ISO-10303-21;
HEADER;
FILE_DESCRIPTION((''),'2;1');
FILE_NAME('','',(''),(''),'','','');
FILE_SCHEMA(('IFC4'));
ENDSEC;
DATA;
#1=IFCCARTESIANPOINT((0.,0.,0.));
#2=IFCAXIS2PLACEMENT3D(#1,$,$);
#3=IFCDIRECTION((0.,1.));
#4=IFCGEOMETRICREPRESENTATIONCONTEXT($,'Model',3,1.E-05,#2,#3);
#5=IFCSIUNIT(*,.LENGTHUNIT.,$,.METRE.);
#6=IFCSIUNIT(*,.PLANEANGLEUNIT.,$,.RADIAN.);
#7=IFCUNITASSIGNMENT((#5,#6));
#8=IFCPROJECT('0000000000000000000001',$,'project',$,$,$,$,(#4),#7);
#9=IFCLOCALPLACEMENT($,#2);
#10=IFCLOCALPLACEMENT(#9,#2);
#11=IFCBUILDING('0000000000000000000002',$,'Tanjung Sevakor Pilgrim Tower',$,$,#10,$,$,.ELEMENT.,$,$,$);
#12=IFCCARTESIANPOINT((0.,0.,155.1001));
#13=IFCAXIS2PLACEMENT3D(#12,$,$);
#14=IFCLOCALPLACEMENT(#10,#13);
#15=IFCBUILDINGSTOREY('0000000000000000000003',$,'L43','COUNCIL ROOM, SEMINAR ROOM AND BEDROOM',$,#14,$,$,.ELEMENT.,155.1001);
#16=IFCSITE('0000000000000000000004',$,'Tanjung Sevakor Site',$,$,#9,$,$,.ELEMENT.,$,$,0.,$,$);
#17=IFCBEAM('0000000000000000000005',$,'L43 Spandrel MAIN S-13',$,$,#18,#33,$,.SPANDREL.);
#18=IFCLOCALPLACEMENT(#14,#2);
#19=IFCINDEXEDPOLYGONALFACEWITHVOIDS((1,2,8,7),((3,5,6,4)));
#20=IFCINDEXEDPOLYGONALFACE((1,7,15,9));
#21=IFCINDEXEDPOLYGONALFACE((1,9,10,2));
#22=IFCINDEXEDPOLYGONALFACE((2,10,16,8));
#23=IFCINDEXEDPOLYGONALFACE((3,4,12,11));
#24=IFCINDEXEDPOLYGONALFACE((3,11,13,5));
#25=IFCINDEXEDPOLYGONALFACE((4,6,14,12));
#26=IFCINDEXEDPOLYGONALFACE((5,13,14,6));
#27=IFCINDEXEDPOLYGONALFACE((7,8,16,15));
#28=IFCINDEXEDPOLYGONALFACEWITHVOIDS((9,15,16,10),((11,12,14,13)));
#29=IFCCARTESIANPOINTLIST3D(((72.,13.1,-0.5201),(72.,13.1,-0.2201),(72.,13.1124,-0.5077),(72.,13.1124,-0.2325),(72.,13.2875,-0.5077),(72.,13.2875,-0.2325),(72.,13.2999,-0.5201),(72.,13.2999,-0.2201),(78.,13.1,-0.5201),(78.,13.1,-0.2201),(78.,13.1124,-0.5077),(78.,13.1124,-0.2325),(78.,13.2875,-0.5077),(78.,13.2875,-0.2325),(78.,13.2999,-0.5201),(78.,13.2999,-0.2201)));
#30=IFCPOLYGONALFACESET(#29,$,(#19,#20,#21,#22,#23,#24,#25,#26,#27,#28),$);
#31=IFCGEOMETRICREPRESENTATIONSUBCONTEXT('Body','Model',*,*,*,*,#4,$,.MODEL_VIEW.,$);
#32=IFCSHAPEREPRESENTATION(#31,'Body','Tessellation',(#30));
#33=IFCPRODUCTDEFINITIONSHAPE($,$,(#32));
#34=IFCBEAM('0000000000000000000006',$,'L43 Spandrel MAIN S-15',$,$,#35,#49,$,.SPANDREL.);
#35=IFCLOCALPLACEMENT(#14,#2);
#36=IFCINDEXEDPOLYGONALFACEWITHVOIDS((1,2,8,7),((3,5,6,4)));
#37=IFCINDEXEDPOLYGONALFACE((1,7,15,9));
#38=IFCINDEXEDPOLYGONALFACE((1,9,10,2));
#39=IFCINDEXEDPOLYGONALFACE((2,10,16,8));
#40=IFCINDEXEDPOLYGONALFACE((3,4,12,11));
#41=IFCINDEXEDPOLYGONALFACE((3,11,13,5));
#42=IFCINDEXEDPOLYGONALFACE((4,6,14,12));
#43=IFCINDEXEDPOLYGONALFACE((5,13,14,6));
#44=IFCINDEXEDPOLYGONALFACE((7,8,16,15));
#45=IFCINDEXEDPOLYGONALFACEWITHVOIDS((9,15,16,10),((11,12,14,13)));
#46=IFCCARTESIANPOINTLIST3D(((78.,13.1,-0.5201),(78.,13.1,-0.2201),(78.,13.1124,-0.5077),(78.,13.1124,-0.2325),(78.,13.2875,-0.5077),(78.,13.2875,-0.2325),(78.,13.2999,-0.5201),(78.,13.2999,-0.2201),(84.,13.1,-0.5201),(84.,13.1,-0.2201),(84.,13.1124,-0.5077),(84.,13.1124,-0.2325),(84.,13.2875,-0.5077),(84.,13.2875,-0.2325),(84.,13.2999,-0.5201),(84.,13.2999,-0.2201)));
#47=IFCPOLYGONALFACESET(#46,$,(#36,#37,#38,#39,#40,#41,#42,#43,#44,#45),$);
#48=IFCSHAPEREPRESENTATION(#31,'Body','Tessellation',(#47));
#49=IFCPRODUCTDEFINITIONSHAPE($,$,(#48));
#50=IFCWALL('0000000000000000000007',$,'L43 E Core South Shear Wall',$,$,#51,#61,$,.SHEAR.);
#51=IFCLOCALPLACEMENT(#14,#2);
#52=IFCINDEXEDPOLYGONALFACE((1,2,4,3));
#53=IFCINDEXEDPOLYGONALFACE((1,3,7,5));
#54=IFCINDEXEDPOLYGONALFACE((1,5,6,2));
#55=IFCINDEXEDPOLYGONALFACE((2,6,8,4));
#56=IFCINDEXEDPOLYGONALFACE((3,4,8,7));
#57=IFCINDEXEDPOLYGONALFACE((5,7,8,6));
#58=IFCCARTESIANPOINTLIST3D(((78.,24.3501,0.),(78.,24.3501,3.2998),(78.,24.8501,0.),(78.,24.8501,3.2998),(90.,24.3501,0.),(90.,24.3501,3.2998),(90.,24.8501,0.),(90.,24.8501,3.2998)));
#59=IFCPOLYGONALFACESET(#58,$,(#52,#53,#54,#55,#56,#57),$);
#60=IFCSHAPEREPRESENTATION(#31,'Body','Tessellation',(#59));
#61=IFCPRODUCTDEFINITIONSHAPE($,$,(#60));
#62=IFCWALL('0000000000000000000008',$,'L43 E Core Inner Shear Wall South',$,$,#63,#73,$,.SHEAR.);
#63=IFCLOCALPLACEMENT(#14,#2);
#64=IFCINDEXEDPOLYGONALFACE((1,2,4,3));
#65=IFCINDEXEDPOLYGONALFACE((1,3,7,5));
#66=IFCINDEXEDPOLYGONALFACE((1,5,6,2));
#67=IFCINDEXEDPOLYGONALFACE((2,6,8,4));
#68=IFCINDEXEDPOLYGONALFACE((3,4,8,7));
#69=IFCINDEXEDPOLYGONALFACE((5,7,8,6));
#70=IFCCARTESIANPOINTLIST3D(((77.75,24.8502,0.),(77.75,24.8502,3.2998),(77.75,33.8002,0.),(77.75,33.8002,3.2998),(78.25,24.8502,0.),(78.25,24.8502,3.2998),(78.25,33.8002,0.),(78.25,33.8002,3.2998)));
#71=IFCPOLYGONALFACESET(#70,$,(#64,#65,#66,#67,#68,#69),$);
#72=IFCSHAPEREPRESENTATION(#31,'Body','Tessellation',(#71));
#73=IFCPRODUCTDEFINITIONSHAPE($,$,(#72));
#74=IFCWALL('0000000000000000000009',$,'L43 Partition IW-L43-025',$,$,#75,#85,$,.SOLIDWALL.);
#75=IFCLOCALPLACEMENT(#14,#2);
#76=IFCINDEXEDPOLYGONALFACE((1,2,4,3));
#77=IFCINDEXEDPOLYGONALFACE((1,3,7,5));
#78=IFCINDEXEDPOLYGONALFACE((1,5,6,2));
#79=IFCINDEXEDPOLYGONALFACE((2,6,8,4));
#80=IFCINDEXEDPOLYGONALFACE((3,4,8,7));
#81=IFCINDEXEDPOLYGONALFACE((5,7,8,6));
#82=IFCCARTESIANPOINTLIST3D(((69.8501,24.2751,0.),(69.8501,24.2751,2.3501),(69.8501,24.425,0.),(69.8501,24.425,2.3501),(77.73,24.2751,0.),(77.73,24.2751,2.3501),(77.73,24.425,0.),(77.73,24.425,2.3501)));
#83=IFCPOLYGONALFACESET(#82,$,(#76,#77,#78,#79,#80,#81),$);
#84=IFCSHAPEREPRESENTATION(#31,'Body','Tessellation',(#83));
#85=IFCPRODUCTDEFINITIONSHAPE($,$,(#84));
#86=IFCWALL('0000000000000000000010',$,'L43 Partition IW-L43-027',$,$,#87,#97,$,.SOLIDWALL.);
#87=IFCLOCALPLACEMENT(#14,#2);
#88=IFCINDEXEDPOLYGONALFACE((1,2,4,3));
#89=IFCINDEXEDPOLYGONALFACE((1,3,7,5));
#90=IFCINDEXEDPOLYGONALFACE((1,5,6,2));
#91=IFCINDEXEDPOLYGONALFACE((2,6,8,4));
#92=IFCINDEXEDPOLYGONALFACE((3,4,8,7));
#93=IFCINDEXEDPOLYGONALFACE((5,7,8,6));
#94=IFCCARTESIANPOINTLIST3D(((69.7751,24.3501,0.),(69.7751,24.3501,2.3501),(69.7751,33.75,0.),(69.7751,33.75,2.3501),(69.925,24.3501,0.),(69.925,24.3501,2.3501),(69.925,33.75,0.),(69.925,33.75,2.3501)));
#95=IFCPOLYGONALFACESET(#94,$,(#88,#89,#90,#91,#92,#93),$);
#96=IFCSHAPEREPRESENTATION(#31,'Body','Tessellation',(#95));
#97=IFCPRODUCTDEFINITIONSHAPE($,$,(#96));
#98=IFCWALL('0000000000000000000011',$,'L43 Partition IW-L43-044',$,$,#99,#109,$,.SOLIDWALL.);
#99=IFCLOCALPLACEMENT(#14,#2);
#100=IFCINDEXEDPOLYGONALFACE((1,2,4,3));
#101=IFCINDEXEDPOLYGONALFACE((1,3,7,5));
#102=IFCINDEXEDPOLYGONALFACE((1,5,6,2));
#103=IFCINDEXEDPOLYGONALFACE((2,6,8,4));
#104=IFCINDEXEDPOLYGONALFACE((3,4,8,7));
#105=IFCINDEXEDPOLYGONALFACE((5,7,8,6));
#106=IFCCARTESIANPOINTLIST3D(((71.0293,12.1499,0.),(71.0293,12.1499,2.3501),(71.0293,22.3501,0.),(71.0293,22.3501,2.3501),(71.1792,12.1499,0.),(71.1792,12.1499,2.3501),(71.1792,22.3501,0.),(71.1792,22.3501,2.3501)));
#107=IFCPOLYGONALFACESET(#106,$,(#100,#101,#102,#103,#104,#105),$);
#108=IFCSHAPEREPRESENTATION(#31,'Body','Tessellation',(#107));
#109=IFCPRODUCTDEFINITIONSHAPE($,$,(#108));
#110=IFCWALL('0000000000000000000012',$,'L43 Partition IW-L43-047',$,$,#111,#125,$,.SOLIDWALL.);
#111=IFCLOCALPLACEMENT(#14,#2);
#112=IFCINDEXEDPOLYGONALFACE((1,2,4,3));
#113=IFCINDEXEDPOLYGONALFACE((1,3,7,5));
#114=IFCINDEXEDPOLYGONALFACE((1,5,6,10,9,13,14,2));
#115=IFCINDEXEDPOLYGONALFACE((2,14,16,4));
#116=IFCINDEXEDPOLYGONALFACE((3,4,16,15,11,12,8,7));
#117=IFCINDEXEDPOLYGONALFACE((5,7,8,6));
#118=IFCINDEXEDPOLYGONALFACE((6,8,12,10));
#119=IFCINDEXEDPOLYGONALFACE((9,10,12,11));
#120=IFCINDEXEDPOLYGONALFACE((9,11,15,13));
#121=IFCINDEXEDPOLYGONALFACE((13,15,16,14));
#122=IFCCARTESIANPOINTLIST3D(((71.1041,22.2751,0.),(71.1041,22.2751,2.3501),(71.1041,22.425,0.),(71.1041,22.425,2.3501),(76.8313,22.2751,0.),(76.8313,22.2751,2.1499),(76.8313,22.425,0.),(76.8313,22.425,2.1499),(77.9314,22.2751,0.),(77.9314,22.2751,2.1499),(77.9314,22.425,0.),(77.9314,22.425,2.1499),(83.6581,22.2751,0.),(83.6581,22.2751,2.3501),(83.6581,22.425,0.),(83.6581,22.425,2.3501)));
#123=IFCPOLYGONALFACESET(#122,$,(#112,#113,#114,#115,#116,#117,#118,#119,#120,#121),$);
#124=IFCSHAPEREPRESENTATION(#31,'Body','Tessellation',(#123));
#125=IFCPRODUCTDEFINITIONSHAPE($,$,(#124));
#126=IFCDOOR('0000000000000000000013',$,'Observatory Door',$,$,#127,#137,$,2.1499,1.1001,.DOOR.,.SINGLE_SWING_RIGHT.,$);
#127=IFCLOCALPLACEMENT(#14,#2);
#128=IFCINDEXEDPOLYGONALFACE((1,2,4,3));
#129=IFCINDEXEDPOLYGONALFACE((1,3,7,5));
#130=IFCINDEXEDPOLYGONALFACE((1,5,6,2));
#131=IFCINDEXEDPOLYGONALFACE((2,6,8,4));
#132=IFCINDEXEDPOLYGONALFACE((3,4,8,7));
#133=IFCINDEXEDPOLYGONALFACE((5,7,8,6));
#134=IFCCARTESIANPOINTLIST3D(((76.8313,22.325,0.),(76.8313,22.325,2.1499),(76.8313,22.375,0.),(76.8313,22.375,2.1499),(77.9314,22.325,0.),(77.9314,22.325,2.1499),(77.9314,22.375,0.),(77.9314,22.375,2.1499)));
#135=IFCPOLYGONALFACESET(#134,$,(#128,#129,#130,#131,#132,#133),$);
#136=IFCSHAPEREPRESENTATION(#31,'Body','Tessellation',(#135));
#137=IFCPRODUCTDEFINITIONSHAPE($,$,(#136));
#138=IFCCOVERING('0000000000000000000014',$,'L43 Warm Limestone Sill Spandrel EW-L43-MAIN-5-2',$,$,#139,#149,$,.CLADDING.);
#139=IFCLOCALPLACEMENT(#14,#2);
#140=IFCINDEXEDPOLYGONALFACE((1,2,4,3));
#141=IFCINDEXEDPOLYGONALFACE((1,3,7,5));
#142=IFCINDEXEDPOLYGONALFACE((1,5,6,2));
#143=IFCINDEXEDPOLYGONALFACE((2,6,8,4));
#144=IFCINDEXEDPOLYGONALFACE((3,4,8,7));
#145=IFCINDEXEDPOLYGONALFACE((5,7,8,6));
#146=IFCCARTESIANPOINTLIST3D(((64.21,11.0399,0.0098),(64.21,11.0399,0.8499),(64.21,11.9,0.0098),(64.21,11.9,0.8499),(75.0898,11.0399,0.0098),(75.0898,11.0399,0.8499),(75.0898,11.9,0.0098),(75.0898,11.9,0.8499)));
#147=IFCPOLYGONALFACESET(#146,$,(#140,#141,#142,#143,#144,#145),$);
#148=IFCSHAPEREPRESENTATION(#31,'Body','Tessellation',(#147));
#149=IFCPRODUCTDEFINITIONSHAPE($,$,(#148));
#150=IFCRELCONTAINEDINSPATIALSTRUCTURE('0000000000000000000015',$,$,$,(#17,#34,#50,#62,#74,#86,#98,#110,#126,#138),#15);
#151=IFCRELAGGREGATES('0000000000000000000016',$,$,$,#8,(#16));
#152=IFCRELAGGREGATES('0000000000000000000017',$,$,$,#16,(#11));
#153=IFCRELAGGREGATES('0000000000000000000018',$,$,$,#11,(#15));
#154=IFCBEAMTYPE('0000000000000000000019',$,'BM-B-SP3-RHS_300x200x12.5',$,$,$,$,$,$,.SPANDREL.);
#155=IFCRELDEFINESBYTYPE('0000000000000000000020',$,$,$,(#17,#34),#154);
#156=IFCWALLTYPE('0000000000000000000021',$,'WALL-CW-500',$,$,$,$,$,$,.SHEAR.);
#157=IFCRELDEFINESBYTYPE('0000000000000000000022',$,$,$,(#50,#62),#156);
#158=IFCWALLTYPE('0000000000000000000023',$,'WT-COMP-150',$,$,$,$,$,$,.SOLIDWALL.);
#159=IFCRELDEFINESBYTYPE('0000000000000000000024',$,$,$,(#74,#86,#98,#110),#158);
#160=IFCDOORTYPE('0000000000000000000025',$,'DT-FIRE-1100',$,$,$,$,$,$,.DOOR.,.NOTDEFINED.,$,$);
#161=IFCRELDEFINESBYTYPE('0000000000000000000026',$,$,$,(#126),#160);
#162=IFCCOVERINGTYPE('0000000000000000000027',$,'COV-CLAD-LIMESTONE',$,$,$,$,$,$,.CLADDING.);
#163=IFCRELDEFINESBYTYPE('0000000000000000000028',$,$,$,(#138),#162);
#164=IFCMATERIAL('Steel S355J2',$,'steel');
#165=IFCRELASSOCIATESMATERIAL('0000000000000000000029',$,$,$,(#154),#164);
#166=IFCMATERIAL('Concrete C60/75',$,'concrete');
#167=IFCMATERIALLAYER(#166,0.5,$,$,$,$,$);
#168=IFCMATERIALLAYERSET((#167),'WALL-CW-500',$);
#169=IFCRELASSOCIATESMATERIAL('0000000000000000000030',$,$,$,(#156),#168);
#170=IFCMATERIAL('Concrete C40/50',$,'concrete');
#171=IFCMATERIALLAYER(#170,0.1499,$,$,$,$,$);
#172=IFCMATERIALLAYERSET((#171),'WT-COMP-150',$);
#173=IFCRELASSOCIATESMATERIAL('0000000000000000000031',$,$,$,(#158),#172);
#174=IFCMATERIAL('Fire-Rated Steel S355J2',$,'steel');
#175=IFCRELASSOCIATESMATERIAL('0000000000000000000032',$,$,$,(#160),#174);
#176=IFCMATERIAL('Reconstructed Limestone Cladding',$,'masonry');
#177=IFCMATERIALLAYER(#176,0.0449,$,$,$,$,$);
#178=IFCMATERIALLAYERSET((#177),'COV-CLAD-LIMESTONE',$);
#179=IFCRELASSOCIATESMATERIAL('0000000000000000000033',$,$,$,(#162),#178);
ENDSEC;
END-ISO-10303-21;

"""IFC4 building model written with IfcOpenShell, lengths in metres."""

from ifc_helpers import new_model, si_unit, direction, frame, frame_2d, origin, origin_2d, place, context, subcontext, project, spatial, rectangle, hollow_rectangle, extrude, material, layer, layer_set, material_profile, profile_set, type_object, element, fill, save


model = new_model("IFC4")

# Units and contexts
model_context = context("Model", 3, precision=1e-05, world=origin(), true_north=direction((0.0, 1.0)))
body_context = subcontext(model_context, "Body", "Model", "MODEL_VIEW")
ifc_project = project(units=[si_unit("LENGTHUNIT", "METRE"), si_unit("PLANEANGLEUNIT", "RADIAN")], contexts=[model_context])

# Site, building, storey
site_placement = place(None, origin())
site = spatial("IfcSite", under=ifc_project, at=site_placement, Name="Tanjung Sevakor Site", CompositionType="ELEMENT", RefElevation=0.0)
building_placement = place(site_placement, origin())
building = spatial("IfcBuilding", under=site, at=building_placement, Name="Tanjung Sevakor Pilgrim Tower", CompositionType="ELEMENT")
storey_placement = place(building_placement, frame((0.0, 0.0, 155.1001)))
storey = spatial("IfcBuildingStorey", under=building, at=storey_placement, Name="L43", Description="COUNCIL ROOM, SEMINAR ROOM AND BEDROOM", CompositionType="ELEMENT", Elevation=155.1001)

# Beams
ifc_material_1 = material(Name="Steel S355J2", Category="steel")
ifc_material_profile_1 = material_profile(ifc_material_1, hollow_rectangle(XDim=0.2, YDim=0.3, WallThickness=0.0125, at=origin_2d()))
ifc_profile_set_1 = profile_set([ifc_material_profile_1], Name="Steel S355J2")
beam_type_1 = type_object("IfcBeamType", Name="BM-B-SP3-RHS_300x200x12.5", PredefinedType="SPANDREL", material=ifc_profile_set_1)
for number, where, z_axis, x_axis, name in (
    (1, (72.0, 13.2, -0.3701), (1.0, 0.0, 0.0), (0.0, 1.0, 0.0), "L43 Spandrel MAIN S-13"),
    (2, (78.0, 13.2, -0.3701), (1.0, 0.0, 0.0), (0.0, 1.0, 0.0), "L43 Spandrel MAIN S-15"),
):
    element("IfcBeam", number, at=place(storey_placement, frame(where, z_axis=z_axis, x_axis=x_axis)), inside=storey, type_object=beam_type_1, Name=name, PredefinedType="SPANDREL", context=body_context, shape_type="SweptSolid", body=[
        extrude(hollow_rectangle(XDim=0.2, YDim=0.3, WallThickness=0.0125, at=origin_2d()), origin(), (0.0, 0.0, 1.0), 6.0),
    ])

# Walls
ifc_material_2 = material(Name="Concrete C60/75", Category="concrete")
ifc_layer_1 = layer(ifc_material_2, 0.5)
ifc_layer_set_1 = layer_set([ifc_layer_1], Name="WALL-CW-500")
wall_type_1 = type_object("IfcWallType", Name="WALL-CW-500", PredefinedType="SHEAR", material=ifc_layer_set_1)
wall_1_placement = place(storey_placement, frame((78.0, 24.6001, 0.0), z_axis=(0.0, 0.0, 1.0), x_axis=(1.0, 0.0, 0.0)))
element("IfcWall", 3, at=wall_1_placement, inside=storey, type_object=wall_type_1, Name="L43 E Core South Shear Wall", PredefinedType="SHEAR", context=body_context, shape_type="SweptSolid", body=[
    extrude(rectangle(XDim=12.0, YDim=0.5, at=frame_2d((6.0, 0.0))), origin(), (0.0, 0.0, 1.0), 3.2998),
])
wall_2_placement = place(storey_placement, frame((78.0, 24.8501, 0.0), z_axis=(0.0, 0.0, 1.0), x_axis=(0.0, 1.0, 0.0)))
element("IfcWall", 4, at=wall_2_placement, inside=storey, type_object=wall_type_1, Name="L43 E Core Inner Shear Wall South", PredefinedType="SHEAR", context=body_context, shape_type="SweptSolid", body=[
    extrude(rectangle(XDim=8.95, YDim=0.5, at=frame_2d((4.4751, 0.0))), origin(), (0.0, 0.0, 1.0), 3.2998),
])
ifc_material_3 = material(Name="Concrete C40/50", Category="concrete")
ifc_layer_2 = layer(ifc_material_3, 0.1499)
ifc_layer_set_2 = layer_set([ifc_layer_2], Name="WT-COMP-150")
wall_type_2 = type_object("IfcWallType", Name="WT-COMP-150", PredefinedType="SOLIDWALL", material=ifc_layer_set_2)
wall_3_placement = place(storey_placement, frame((69.8501, 24.3501, 0.0), z_axis=(0.0, 0.0, 1.0), x_axis=(1.0, 0.0, 0.0)))
element("IfcWall", 5, at=wall_3_placement, inside=storey, type_object=wall_type_2, Name="L43 Partition IW-L43-025", PredefinedType="SOLIDWALL", context=body_context, shape_type="SweptSolid", body=[
    extrude(rectangle(XDim=7.8799, YDim=0.1499, at=frame_2d((3.9399, 0.0))), origin(), (0.0, 0.0, 1.0), 2.3501),
])
wall_4_placement = place(storey_placement, frame((69.8501, 24.3501, 0.0), z_axis=(0.0, 0.0, 1.0), x_axis=(0.0, 1.0, 0.0)))
element("IfcWall", 6, at=wall_4_placement, inside=storey, type_object=wall_type_2, Name="L43 Partition IW-L43-027", PredefinedType="SOLIDWALL", context=body_context, shape_type="SweptSolid", body=[
    extrude(rectangle(XDim=9.3999, YDim=0.1499, at=frame_2d((4.7, 0.0))), origin(), (0.0, 0.0, 1.0), 2.3501),
])
wall_5_placement = place(storey_placement, frame((71.1042, 12.1499, 0.0), z_axis=(0.0, 0.0, 1.0), x_axis=(0.0, 1.0, 0.0)))
element("IfcWall", 7, at=wall_5_placement, inside=storey, type_object=wall_type_2, Name="L43 Partition IW-L43-044", PredefinedType="SOLIDWALL", context=body_context, shape_type="SweptSolid", body=[
    extrude(rectangle(XDim=10.2002, YDim=0.1499, at=frame_2d((5.1001, 0.0))), origin(), (0.0, 0.0, 1.0), 2.3501),
])

# Wall, opening, door
wall_6_placement = place(storey_placement, frame((71.1042, 22.3501, 0.0), z_axis=(0.0, 0.0, 1.0), x_axis=(1.0, 0.0, 0.0)))
wall_6 = element("IfcWall", 8, at=wall_6_placement, inside=storey, type_object=wall_type_2, Name="L43 Partition IW-L43-047", PredefinedType="SOLIDWALL", context=body_context, shape_type="SweptSolid", body=[
    extrude(rectangle(XDim=12.554, YDim=0.1499, at=frame_2d((6.2769, 0.0))), origin(), (0.0, 0.0, 1.0), 2.3501),
])
opening_placement = place(wall_6_placement, frame((5.7271, 0.0, 0.0)))
opening = element("IfcOpeningElement", 9, at=opening_placement, cuts=wall_6, PredefinedType="OPENING", context=body_context, shape_type="SweptSolid", body=[
    extrude(rectangle(XDim=1.1001, YDim=2.1499, at=frame_2d((0.55, 1.075))), frame((0.0, 0.085, 0.0), z_axis=(0.0, -1.0, 0.0), x_axis=(1.0, 0.0, 0.0)), (0.0, 0.0, 1.0), 0.1699),
])
ifc_material_4 = material(Name="Fire-Rated Steel S355J2", Category="steel")
door_type = type_object("IfcDoorType", Name="DT-FIRE-1100", OperationType="NOTDEFINED", PredefinedType="DOOR", material=ifc_material_4)
door_placement = place(opening_placement, origin())
door = element("IfcDoor", 10, at=door_placement, inside=storey, type_object=door_type, Name="Observatory Door", OperationType="SINGLE_SWING_RIGHT", OverallHeight=2.1499, OverallWidth=1.1001, PredefinedType="DOOR", context=body_context, shape_type="SweptSolid", body=[
    extrude(rectangle(XDim=1.1001, YDim=2.1499, at=frame_2d((0.55, 1.075))), frame((0.0, 0.0249, 0.0), z_axis=(0.0, -1.0, 0.0), x_axis=(1.0, 0.0, 0.0)), (0.0, 0.0, 1.0), 0.05),
])
fill(opening, door)

# Covering
ifc_material_5 = material(Name="Reconstructed Limestone Cladding", Category="masonry")
ifc_layer_3 = layer(ifc_material_5, 0.0449)
ifc_layer_set_3 = layer_set([ifc_layer_3], Name="COV-CLAD-LIMESTONE")
covering_type = type_object("IfcCoveringType", Name="COV-CLAD-LIMESTONE", PredefinedType="CLADDING", material=ifc_layer_set_3)
covering_placement = place(storey_placement, frame((69.6499, 11.47, 0.0098), z_axis=(0.0, 0.0, 1.0), x_axis=(1.0, 0.0, 0.0)))
element("IfcCovering", 11, at=covering_placement, inside=storey, type_object=covering_type, Name="L43 Warm Limestone Sill Spandrel EW-L43-MAIN-5-2", PredefinedType="CLADDING", context=body_context, shape_type="SweptSolid", body=[
    extrude(rectangle(XDim=10.8799, YDim=0.8601, at=origin_2d()), origin(), (0.0, 0.0, 1.0), 0.8401),
])

save(model, "model.ifc")
